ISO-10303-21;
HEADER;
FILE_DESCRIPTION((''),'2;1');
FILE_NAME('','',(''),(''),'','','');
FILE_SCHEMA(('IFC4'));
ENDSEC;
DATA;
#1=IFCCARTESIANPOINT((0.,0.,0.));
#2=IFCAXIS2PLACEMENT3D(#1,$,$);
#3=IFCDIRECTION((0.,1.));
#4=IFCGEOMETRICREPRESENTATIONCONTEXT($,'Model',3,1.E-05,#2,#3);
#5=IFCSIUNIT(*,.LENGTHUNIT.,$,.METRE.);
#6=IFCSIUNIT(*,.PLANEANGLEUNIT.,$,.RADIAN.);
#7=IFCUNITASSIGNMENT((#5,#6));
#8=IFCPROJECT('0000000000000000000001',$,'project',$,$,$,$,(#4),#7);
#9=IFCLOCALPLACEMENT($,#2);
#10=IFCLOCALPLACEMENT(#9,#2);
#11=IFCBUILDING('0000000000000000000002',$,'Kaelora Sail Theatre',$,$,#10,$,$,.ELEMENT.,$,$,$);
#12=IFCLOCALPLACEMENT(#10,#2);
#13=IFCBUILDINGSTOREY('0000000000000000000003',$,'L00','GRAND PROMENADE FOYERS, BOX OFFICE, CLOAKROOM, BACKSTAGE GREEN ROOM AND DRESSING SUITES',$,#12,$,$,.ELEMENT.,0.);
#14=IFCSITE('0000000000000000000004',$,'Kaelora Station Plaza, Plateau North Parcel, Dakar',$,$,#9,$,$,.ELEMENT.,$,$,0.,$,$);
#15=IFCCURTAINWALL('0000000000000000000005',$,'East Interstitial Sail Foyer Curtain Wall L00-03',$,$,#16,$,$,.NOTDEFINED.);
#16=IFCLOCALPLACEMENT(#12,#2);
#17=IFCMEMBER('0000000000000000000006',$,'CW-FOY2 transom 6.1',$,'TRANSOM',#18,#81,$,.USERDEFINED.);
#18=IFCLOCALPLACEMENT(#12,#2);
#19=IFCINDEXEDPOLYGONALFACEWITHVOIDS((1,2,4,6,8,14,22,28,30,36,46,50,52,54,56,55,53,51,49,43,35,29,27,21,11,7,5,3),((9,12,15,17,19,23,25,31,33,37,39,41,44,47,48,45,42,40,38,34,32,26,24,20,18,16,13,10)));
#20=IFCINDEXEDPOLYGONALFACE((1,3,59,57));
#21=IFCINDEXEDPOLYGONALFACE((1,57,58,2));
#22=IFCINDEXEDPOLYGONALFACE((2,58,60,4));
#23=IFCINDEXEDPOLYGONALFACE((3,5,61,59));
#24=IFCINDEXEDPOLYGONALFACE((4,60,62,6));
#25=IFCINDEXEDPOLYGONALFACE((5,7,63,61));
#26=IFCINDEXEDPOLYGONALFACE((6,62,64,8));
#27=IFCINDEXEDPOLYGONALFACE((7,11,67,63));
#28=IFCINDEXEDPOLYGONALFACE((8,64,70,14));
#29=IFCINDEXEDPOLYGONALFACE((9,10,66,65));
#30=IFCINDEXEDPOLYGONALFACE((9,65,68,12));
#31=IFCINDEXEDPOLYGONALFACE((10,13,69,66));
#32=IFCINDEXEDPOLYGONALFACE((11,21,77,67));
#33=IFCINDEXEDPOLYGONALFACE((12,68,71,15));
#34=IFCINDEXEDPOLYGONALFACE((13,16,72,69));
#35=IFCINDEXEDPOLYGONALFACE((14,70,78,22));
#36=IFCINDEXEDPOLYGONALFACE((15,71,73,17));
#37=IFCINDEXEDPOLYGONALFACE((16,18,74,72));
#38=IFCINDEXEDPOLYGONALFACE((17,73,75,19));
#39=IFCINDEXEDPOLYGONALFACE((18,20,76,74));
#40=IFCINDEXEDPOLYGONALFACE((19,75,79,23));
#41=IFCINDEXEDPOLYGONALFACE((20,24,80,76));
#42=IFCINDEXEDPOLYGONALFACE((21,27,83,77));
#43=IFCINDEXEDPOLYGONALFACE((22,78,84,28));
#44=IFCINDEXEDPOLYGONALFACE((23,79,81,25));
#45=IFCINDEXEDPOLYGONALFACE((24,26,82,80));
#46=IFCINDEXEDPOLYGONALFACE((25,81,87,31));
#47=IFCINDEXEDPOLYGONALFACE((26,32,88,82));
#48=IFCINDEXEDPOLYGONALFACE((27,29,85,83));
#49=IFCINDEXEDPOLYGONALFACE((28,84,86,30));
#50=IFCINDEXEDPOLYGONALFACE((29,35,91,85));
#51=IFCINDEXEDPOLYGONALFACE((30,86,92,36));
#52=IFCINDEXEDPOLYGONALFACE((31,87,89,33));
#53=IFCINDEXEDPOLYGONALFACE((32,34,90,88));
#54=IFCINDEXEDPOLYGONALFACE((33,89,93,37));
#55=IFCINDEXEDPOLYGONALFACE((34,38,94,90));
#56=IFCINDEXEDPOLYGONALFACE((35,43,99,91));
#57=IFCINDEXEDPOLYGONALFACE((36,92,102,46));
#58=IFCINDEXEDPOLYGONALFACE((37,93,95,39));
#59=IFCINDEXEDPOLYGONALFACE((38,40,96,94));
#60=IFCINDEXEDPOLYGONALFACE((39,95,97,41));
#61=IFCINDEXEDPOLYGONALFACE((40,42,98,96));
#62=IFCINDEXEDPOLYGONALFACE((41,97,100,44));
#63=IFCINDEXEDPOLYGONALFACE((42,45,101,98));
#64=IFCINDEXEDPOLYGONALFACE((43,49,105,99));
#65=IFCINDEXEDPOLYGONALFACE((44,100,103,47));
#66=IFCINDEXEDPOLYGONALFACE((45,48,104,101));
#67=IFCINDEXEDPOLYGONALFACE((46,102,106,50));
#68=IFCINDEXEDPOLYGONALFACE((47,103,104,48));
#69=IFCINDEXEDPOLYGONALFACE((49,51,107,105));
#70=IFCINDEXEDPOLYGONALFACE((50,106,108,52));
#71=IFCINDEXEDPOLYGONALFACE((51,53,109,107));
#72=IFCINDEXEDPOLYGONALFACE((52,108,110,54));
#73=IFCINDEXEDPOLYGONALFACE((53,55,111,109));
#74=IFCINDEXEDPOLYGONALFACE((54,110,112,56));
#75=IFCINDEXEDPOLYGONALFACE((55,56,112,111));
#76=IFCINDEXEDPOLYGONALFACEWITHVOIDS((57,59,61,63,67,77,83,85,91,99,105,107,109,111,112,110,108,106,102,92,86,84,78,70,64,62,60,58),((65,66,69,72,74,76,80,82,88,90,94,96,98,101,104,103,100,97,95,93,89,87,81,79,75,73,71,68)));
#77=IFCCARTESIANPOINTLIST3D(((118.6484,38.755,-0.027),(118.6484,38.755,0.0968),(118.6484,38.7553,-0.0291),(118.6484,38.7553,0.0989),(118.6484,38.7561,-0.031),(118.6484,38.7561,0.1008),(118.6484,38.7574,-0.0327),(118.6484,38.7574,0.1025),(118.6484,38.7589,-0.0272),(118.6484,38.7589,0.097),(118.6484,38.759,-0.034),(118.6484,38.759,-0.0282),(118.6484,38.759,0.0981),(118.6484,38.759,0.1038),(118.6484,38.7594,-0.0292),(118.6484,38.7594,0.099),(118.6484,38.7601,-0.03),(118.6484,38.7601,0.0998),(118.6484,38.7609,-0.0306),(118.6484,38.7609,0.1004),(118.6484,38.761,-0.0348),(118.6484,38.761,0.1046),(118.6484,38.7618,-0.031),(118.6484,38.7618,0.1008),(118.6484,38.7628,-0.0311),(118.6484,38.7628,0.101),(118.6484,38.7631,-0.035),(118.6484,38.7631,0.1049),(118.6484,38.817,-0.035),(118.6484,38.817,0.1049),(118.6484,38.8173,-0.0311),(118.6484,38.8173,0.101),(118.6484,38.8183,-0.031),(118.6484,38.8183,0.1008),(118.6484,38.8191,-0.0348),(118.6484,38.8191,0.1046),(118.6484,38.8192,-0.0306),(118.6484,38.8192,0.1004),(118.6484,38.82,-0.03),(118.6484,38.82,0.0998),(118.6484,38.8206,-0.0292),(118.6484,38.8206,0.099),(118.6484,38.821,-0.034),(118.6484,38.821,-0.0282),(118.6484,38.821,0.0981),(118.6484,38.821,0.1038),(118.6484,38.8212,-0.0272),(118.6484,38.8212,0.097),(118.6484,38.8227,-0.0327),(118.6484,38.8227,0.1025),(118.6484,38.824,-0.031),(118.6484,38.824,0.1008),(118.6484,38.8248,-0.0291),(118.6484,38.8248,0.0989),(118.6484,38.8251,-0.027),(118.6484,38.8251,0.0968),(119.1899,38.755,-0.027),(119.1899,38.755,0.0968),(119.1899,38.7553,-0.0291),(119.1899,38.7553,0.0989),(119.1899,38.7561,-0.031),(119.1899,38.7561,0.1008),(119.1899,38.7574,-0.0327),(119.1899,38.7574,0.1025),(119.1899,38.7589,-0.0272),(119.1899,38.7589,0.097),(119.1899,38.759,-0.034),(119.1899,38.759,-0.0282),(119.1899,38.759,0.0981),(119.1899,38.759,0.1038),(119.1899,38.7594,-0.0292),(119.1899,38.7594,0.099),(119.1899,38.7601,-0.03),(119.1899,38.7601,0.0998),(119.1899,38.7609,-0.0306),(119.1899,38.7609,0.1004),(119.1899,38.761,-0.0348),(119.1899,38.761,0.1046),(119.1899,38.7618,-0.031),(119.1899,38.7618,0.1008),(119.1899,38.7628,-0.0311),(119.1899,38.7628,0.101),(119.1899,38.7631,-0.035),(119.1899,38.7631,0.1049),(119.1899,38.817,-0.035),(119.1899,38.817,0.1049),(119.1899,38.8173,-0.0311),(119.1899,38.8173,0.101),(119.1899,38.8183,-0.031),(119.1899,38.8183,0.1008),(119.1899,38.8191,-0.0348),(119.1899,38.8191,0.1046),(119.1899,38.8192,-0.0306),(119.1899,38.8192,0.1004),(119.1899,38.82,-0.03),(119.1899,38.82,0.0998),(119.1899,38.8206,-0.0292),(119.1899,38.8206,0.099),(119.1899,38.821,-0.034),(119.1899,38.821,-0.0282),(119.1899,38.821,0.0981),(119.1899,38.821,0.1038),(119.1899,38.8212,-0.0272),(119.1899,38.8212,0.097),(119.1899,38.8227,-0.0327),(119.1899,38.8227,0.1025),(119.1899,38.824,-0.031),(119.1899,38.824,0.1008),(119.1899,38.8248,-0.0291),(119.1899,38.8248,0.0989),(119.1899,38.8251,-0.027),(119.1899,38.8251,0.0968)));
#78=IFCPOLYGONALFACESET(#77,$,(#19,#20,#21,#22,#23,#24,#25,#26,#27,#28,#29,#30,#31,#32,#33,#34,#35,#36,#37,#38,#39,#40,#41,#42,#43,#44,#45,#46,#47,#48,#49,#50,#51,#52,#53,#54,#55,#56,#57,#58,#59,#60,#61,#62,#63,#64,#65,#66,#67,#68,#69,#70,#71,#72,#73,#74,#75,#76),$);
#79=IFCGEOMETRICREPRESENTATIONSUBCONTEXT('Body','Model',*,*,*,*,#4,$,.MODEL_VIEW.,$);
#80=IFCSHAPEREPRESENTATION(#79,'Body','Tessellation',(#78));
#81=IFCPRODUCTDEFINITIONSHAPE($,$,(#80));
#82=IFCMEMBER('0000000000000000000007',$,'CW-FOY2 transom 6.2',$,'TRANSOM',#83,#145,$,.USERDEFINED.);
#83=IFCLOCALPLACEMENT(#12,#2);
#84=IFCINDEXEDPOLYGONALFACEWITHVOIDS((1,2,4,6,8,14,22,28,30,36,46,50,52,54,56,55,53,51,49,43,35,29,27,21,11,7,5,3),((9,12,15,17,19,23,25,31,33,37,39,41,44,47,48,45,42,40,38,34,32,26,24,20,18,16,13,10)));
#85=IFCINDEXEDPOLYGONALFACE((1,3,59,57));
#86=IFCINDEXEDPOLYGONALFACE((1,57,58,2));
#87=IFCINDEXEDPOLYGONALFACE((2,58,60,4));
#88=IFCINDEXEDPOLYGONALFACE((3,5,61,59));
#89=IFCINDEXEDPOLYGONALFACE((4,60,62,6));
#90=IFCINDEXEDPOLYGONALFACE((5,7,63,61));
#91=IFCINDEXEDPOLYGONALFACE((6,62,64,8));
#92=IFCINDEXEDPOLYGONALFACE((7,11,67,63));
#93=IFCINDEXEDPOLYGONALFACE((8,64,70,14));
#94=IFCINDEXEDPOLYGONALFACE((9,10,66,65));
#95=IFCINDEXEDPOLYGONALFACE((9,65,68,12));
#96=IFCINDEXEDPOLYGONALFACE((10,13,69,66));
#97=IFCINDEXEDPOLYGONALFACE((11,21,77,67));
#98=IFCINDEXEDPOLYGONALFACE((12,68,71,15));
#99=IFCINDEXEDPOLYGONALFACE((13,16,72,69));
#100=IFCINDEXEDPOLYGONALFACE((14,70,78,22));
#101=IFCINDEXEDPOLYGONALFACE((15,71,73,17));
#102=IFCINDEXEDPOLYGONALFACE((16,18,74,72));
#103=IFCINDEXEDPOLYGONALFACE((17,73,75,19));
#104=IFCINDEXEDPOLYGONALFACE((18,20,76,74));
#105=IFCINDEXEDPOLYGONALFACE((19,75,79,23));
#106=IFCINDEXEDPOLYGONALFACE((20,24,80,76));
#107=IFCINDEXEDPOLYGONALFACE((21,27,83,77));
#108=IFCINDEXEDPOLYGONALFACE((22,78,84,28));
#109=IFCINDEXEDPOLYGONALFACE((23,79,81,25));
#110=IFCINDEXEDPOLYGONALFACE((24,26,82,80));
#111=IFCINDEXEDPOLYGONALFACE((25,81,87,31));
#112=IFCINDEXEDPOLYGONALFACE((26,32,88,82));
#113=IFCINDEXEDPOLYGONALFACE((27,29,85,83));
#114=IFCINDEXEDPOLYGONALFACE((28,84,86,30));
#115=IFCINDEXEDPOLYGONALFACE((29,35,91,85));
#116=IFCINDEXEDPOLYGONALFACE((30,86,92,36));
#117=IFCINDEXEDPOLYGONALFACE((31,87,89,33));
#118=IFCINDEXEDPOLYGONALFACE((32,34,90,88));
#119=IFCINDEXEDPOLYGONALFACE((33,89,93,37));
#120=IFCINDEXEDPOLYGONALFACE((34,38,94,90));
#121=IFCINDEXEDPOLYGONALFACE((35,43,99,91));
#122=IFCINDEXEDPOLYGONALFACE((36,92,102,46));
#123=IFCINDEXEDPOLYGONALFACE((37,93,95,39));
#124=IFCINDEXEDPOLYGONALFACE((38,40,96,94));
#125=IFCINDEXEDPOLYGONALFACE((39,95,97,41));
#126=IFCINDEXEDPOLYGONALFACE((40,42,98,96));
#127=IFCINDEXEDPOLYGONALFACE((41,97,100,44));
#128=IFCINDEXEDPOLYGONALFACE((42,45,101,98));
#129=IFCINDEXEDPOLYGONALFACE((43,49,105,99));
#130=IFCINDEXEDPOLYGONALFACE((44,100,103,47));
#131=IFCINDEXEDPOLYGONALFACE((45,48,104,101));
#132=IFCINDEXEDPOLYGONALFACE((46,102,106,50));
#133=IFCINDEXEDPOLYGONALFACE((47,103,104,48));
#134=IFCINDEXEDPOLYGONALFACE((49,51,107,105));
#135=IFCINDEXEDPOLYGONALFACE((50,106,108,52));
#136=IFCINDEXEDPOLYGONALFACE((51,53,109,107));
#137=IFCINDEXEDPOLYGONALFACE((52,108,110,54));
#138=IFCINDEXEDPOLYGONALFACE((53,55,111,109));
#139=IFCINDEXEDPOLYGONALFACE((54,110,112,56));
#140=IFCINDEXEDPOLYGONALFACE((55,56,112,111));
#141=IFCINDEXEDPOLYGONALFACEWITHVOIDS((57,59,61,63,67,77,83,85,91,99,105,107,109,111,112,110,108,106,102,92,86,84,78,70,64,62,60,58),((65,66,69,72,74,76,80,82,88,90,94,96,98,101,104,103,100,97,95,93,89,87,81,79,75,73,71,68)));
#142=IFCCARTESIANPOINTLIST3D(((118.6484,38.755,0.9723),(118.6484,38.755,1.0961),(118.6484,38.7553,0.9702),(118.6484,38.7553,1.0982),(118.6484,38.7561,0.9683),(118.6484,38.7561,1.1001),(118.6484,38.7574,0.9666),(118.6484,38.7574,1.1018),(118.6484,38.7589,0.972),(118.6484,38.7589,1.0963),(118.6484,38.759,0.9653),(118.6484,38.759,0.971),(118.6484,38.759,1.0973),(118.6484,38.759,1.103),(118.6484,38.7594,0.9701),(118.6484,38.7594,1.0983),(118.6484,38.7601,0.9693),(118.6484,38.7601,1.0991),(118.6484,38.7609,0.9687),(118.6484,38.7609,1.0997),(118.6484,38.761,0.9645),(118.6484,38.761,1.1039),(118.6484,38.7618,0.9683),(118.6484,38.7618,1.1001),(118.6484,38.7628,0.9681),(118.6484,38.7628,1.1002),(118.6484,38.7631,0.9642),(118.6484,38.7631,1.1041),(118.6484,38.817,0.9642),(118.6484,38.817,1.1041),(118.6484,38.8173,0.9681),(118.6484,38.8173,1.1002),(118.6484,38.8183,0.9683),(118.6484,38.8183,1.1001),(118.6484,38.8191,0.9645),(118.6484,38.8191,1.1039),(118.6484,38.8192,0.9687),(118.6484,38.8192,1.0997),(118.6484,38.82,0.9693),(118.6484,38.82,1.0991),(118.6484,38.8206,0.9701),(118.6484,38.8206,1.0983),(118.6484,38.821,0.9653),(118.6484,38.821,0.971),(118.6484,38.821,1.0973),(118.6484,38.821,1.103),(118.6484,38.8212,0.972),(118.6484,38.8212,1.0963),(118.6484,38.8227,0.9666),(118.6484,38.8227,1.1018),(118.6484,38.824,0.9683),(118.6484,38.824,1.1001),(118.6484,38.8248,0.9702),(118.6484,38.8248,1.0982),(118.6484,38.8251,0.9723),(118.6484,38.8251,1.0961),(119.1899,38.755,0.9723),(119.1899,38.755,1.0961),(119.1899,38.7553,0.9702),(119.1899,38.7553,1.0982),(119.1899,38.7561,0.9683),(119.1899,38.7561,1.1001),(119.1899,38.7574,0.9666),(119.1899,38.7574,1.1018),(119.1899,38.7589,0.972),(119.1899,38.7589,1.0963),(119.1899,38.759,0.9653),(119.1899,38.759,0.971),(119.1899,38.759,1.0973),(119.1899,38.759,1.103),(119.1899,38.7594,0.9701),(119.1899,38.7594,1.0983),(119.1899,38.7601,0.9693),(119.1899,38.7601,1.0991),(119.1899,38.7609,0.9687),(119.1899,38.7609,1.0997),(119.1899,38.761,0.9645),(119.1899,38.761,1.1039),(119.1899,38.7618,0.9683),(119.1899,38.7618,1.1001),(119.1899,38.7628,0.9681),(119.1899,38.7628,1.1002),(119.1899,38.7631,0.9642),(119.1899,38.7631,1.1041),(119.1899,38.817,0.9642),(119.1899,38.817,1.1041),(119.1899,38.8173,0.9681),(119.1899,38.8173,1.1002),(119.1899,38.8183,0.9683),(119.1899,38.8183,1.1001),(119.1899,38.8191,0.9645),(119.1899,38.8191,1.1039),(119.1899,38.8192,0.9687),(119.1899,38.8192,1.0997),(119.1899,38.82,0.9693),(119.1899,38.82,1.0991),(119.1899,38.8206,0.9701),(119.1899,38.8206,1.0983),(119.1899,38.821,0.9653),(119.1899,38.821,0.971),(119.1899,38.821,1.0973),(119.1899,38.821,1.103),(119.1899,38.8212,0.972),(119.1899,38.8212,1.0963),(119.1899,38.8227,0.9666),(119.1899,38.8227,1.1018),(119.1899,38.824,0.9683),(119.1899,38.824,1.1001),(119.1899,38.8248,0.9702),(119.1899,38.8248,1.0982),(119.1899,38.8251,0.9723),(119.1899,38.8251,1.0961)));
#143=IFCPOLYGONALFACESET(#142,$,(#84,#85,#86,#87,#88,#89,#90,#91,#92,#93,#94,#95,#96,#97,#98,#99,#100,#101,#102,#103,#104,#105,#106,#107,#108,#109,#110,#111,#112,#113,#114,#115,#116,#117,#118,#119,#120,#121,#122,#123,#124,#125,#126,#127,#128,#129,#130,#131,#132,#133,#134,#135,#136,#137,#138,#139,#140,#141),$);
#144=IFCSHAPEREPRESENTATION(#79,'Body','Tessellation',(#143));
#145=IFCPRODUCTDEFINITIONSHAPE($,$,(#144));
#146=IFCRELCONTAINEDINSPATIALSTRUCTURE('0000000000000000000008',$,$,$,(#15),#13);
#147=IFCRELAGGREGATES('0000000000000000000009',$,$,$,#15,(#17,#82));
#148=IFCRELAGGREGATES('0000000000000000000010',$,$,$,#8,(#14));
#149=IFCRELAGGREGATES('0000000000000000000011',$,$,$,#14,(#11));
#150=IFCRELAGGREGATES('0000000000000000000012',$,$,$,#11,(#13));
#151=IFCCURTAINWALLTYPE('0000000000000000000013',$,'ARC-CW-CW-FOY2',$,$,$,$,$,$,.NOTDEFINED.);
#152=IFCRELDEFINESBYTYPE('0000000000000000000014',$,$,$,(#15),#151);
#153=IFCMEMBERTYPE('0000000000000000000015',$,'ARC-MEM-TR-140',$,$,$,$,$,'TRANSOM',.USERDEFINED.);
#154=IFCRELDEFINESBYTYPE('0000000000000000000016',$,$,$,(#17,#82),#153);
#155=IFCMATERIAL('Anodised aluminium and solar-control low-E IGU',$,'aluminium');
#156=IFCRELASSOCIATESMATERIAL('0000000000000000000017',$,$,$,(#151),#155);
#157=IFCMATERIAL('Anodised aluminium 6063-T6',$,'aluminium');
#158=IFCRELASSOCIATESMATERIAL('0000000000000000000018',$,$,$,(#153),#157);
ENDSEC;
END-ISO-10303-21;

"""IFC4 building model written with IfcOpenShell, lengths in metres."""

from ifc_helpers import new_model, si_unit, direction, frame, origin, origin_2d, place, context, subcontext, project, spatial, hollow_rectangle, extrude, material, material_profile, profile_set, type_object, element, aggregate, save


model = new_model("IFC4")

# Units and contexts
model_context = context("Model", 3, precision=1e-05, world=origin(), true_north=direction((0.0, 1.0)))
body_context = subcontext(model_context, "Body", "Model", "MODEL_VIEW")
ifc_project = project(units=[si_unit("LENGTHUNIT", "METRE"), si_unit("PLANEANGLEUNIT", "RADIAN")], contexts=[model_context])

# Site, building, storey
site_placement = place(None, origin())
site = spatial("IfcSite", under=ifc_project, at=site_placement, Name="Kaelora Station Plaza, Plateau North Parcel, Dakar", CompositionType="ELEMENT", RefElevation=0.0)
building_placement = place(site_placement, origin())
building = spatial("IfcBuilding", under=site, at=building_placement, Name="Kaelora Sail Theatre", CompositionType="ELEMENT")
storey_placement = place(building_placement, origin())
storey = spatial("IfcBuildingStorey", under=building, at=storey_placement, Name="L00", Description="GRAND PROMENADE FOYERS, BOX OFFICE, CLOAKROOM, BACKSTAGE GREEN ROOM AND DRESSING SUITES", CompositionType="ELEMENT", Elevation=0.0)

# Curtain wall
ifc_material_1 = material(Name="Anodised aluminium and solar-control low-E IGU", Category="aluminium")
curtain_wall_type = type_object("IfcCurtainWallType", Name="ARC-CW-CW-FOY2", PredefinedType="NOTDEFINED", material=ifc_material_1)
curtain_wall_placement = place(storey_placement, origin())
curtain_wall = element("IfcCurtainWall", 1, at=curtain_wall_placement, inside=storey, type_object=curtain_wall_type, Name="East Interstitial Sail Foyer Curtain Wall L00-03", PredefinedType="NOTDEFINED")

# Members
ifc_material_2 = material(Name="Anodised aluminium 6063-T6", Category="aluminium")
ifc_material_profile_1 = material_profile(ifc_material_2, hollow_rectangle(XDim=0.0701, YDim=0.1399, WallThickness=0.0039, InnerFilletRadius=0.0039, OuterFilletRadius=0.0081, at=origin_2d()), Name="ALU-TRAN 70x140x4")
ifc_profile_set_1 = profile_set([ifc_material_profile_1], Name="Anodised aluminium 6063-T6")
member_type_1 = type_object("IfcMemberType", Name="ARC-MEM-TR-140", ElementType="TRANSOM", PredefinedType="USERDEFINED", material=ifc_profile_set_1)
member_1_placement = place(storey_placement, frame((118.6484, 38.79, 0.0349), z_axis=(1.0, 0.0, 0.0), x_axis=(0.0, 1.0, 0.0)))
member_1 = element("IfcMember", 2, at=member_1_placement, type_object=member_type_1, Name="CW-FOY2 transom 6.1", ObjectType="TRANSOM", PredefinedType="USERDEFINED", context=body_context, shape_type="SweptSolid", body=[
    extrude(hollow_rectangle(XDim=0.0701, YDim=0.1399, WallThickness=0.0039, InnerFilletRadius=0.0039, OuterFilletRadius=0.0081, at=origin_2d()), origin(), (0.0, 0.0, 1.0), 0.5415),
])
member_2_placement = place(storey_placement, frame((118.6484, 38.79, 1.0342), z_axis=(1.0, 0.0, 0.0), x_axis=(0.0, 1.0, 0.0)))
member_2 = element("IfcMember", 3, at=member_2_placement, type_object=member_type_1, Name="CW-FOY2 transom 6.2", ObjectType="TRANSOM", PredefinedType="USERDEFINED", context=body_context, shape_type="SweptSolid", body=[
    extrude(hollow_rectangle(XDim=0.0701, YDim=0.1399, WallThickness=0.0039, InnerFilletRadius=0.0039, OuterFilletRadius=0.0081, at=origin_2d()), origin(), (0.0, 0.0, 1.0), 0.5415),
])

aggregate(curtain_wall, [member_1, member_2])

save(model, "model.ifc")
